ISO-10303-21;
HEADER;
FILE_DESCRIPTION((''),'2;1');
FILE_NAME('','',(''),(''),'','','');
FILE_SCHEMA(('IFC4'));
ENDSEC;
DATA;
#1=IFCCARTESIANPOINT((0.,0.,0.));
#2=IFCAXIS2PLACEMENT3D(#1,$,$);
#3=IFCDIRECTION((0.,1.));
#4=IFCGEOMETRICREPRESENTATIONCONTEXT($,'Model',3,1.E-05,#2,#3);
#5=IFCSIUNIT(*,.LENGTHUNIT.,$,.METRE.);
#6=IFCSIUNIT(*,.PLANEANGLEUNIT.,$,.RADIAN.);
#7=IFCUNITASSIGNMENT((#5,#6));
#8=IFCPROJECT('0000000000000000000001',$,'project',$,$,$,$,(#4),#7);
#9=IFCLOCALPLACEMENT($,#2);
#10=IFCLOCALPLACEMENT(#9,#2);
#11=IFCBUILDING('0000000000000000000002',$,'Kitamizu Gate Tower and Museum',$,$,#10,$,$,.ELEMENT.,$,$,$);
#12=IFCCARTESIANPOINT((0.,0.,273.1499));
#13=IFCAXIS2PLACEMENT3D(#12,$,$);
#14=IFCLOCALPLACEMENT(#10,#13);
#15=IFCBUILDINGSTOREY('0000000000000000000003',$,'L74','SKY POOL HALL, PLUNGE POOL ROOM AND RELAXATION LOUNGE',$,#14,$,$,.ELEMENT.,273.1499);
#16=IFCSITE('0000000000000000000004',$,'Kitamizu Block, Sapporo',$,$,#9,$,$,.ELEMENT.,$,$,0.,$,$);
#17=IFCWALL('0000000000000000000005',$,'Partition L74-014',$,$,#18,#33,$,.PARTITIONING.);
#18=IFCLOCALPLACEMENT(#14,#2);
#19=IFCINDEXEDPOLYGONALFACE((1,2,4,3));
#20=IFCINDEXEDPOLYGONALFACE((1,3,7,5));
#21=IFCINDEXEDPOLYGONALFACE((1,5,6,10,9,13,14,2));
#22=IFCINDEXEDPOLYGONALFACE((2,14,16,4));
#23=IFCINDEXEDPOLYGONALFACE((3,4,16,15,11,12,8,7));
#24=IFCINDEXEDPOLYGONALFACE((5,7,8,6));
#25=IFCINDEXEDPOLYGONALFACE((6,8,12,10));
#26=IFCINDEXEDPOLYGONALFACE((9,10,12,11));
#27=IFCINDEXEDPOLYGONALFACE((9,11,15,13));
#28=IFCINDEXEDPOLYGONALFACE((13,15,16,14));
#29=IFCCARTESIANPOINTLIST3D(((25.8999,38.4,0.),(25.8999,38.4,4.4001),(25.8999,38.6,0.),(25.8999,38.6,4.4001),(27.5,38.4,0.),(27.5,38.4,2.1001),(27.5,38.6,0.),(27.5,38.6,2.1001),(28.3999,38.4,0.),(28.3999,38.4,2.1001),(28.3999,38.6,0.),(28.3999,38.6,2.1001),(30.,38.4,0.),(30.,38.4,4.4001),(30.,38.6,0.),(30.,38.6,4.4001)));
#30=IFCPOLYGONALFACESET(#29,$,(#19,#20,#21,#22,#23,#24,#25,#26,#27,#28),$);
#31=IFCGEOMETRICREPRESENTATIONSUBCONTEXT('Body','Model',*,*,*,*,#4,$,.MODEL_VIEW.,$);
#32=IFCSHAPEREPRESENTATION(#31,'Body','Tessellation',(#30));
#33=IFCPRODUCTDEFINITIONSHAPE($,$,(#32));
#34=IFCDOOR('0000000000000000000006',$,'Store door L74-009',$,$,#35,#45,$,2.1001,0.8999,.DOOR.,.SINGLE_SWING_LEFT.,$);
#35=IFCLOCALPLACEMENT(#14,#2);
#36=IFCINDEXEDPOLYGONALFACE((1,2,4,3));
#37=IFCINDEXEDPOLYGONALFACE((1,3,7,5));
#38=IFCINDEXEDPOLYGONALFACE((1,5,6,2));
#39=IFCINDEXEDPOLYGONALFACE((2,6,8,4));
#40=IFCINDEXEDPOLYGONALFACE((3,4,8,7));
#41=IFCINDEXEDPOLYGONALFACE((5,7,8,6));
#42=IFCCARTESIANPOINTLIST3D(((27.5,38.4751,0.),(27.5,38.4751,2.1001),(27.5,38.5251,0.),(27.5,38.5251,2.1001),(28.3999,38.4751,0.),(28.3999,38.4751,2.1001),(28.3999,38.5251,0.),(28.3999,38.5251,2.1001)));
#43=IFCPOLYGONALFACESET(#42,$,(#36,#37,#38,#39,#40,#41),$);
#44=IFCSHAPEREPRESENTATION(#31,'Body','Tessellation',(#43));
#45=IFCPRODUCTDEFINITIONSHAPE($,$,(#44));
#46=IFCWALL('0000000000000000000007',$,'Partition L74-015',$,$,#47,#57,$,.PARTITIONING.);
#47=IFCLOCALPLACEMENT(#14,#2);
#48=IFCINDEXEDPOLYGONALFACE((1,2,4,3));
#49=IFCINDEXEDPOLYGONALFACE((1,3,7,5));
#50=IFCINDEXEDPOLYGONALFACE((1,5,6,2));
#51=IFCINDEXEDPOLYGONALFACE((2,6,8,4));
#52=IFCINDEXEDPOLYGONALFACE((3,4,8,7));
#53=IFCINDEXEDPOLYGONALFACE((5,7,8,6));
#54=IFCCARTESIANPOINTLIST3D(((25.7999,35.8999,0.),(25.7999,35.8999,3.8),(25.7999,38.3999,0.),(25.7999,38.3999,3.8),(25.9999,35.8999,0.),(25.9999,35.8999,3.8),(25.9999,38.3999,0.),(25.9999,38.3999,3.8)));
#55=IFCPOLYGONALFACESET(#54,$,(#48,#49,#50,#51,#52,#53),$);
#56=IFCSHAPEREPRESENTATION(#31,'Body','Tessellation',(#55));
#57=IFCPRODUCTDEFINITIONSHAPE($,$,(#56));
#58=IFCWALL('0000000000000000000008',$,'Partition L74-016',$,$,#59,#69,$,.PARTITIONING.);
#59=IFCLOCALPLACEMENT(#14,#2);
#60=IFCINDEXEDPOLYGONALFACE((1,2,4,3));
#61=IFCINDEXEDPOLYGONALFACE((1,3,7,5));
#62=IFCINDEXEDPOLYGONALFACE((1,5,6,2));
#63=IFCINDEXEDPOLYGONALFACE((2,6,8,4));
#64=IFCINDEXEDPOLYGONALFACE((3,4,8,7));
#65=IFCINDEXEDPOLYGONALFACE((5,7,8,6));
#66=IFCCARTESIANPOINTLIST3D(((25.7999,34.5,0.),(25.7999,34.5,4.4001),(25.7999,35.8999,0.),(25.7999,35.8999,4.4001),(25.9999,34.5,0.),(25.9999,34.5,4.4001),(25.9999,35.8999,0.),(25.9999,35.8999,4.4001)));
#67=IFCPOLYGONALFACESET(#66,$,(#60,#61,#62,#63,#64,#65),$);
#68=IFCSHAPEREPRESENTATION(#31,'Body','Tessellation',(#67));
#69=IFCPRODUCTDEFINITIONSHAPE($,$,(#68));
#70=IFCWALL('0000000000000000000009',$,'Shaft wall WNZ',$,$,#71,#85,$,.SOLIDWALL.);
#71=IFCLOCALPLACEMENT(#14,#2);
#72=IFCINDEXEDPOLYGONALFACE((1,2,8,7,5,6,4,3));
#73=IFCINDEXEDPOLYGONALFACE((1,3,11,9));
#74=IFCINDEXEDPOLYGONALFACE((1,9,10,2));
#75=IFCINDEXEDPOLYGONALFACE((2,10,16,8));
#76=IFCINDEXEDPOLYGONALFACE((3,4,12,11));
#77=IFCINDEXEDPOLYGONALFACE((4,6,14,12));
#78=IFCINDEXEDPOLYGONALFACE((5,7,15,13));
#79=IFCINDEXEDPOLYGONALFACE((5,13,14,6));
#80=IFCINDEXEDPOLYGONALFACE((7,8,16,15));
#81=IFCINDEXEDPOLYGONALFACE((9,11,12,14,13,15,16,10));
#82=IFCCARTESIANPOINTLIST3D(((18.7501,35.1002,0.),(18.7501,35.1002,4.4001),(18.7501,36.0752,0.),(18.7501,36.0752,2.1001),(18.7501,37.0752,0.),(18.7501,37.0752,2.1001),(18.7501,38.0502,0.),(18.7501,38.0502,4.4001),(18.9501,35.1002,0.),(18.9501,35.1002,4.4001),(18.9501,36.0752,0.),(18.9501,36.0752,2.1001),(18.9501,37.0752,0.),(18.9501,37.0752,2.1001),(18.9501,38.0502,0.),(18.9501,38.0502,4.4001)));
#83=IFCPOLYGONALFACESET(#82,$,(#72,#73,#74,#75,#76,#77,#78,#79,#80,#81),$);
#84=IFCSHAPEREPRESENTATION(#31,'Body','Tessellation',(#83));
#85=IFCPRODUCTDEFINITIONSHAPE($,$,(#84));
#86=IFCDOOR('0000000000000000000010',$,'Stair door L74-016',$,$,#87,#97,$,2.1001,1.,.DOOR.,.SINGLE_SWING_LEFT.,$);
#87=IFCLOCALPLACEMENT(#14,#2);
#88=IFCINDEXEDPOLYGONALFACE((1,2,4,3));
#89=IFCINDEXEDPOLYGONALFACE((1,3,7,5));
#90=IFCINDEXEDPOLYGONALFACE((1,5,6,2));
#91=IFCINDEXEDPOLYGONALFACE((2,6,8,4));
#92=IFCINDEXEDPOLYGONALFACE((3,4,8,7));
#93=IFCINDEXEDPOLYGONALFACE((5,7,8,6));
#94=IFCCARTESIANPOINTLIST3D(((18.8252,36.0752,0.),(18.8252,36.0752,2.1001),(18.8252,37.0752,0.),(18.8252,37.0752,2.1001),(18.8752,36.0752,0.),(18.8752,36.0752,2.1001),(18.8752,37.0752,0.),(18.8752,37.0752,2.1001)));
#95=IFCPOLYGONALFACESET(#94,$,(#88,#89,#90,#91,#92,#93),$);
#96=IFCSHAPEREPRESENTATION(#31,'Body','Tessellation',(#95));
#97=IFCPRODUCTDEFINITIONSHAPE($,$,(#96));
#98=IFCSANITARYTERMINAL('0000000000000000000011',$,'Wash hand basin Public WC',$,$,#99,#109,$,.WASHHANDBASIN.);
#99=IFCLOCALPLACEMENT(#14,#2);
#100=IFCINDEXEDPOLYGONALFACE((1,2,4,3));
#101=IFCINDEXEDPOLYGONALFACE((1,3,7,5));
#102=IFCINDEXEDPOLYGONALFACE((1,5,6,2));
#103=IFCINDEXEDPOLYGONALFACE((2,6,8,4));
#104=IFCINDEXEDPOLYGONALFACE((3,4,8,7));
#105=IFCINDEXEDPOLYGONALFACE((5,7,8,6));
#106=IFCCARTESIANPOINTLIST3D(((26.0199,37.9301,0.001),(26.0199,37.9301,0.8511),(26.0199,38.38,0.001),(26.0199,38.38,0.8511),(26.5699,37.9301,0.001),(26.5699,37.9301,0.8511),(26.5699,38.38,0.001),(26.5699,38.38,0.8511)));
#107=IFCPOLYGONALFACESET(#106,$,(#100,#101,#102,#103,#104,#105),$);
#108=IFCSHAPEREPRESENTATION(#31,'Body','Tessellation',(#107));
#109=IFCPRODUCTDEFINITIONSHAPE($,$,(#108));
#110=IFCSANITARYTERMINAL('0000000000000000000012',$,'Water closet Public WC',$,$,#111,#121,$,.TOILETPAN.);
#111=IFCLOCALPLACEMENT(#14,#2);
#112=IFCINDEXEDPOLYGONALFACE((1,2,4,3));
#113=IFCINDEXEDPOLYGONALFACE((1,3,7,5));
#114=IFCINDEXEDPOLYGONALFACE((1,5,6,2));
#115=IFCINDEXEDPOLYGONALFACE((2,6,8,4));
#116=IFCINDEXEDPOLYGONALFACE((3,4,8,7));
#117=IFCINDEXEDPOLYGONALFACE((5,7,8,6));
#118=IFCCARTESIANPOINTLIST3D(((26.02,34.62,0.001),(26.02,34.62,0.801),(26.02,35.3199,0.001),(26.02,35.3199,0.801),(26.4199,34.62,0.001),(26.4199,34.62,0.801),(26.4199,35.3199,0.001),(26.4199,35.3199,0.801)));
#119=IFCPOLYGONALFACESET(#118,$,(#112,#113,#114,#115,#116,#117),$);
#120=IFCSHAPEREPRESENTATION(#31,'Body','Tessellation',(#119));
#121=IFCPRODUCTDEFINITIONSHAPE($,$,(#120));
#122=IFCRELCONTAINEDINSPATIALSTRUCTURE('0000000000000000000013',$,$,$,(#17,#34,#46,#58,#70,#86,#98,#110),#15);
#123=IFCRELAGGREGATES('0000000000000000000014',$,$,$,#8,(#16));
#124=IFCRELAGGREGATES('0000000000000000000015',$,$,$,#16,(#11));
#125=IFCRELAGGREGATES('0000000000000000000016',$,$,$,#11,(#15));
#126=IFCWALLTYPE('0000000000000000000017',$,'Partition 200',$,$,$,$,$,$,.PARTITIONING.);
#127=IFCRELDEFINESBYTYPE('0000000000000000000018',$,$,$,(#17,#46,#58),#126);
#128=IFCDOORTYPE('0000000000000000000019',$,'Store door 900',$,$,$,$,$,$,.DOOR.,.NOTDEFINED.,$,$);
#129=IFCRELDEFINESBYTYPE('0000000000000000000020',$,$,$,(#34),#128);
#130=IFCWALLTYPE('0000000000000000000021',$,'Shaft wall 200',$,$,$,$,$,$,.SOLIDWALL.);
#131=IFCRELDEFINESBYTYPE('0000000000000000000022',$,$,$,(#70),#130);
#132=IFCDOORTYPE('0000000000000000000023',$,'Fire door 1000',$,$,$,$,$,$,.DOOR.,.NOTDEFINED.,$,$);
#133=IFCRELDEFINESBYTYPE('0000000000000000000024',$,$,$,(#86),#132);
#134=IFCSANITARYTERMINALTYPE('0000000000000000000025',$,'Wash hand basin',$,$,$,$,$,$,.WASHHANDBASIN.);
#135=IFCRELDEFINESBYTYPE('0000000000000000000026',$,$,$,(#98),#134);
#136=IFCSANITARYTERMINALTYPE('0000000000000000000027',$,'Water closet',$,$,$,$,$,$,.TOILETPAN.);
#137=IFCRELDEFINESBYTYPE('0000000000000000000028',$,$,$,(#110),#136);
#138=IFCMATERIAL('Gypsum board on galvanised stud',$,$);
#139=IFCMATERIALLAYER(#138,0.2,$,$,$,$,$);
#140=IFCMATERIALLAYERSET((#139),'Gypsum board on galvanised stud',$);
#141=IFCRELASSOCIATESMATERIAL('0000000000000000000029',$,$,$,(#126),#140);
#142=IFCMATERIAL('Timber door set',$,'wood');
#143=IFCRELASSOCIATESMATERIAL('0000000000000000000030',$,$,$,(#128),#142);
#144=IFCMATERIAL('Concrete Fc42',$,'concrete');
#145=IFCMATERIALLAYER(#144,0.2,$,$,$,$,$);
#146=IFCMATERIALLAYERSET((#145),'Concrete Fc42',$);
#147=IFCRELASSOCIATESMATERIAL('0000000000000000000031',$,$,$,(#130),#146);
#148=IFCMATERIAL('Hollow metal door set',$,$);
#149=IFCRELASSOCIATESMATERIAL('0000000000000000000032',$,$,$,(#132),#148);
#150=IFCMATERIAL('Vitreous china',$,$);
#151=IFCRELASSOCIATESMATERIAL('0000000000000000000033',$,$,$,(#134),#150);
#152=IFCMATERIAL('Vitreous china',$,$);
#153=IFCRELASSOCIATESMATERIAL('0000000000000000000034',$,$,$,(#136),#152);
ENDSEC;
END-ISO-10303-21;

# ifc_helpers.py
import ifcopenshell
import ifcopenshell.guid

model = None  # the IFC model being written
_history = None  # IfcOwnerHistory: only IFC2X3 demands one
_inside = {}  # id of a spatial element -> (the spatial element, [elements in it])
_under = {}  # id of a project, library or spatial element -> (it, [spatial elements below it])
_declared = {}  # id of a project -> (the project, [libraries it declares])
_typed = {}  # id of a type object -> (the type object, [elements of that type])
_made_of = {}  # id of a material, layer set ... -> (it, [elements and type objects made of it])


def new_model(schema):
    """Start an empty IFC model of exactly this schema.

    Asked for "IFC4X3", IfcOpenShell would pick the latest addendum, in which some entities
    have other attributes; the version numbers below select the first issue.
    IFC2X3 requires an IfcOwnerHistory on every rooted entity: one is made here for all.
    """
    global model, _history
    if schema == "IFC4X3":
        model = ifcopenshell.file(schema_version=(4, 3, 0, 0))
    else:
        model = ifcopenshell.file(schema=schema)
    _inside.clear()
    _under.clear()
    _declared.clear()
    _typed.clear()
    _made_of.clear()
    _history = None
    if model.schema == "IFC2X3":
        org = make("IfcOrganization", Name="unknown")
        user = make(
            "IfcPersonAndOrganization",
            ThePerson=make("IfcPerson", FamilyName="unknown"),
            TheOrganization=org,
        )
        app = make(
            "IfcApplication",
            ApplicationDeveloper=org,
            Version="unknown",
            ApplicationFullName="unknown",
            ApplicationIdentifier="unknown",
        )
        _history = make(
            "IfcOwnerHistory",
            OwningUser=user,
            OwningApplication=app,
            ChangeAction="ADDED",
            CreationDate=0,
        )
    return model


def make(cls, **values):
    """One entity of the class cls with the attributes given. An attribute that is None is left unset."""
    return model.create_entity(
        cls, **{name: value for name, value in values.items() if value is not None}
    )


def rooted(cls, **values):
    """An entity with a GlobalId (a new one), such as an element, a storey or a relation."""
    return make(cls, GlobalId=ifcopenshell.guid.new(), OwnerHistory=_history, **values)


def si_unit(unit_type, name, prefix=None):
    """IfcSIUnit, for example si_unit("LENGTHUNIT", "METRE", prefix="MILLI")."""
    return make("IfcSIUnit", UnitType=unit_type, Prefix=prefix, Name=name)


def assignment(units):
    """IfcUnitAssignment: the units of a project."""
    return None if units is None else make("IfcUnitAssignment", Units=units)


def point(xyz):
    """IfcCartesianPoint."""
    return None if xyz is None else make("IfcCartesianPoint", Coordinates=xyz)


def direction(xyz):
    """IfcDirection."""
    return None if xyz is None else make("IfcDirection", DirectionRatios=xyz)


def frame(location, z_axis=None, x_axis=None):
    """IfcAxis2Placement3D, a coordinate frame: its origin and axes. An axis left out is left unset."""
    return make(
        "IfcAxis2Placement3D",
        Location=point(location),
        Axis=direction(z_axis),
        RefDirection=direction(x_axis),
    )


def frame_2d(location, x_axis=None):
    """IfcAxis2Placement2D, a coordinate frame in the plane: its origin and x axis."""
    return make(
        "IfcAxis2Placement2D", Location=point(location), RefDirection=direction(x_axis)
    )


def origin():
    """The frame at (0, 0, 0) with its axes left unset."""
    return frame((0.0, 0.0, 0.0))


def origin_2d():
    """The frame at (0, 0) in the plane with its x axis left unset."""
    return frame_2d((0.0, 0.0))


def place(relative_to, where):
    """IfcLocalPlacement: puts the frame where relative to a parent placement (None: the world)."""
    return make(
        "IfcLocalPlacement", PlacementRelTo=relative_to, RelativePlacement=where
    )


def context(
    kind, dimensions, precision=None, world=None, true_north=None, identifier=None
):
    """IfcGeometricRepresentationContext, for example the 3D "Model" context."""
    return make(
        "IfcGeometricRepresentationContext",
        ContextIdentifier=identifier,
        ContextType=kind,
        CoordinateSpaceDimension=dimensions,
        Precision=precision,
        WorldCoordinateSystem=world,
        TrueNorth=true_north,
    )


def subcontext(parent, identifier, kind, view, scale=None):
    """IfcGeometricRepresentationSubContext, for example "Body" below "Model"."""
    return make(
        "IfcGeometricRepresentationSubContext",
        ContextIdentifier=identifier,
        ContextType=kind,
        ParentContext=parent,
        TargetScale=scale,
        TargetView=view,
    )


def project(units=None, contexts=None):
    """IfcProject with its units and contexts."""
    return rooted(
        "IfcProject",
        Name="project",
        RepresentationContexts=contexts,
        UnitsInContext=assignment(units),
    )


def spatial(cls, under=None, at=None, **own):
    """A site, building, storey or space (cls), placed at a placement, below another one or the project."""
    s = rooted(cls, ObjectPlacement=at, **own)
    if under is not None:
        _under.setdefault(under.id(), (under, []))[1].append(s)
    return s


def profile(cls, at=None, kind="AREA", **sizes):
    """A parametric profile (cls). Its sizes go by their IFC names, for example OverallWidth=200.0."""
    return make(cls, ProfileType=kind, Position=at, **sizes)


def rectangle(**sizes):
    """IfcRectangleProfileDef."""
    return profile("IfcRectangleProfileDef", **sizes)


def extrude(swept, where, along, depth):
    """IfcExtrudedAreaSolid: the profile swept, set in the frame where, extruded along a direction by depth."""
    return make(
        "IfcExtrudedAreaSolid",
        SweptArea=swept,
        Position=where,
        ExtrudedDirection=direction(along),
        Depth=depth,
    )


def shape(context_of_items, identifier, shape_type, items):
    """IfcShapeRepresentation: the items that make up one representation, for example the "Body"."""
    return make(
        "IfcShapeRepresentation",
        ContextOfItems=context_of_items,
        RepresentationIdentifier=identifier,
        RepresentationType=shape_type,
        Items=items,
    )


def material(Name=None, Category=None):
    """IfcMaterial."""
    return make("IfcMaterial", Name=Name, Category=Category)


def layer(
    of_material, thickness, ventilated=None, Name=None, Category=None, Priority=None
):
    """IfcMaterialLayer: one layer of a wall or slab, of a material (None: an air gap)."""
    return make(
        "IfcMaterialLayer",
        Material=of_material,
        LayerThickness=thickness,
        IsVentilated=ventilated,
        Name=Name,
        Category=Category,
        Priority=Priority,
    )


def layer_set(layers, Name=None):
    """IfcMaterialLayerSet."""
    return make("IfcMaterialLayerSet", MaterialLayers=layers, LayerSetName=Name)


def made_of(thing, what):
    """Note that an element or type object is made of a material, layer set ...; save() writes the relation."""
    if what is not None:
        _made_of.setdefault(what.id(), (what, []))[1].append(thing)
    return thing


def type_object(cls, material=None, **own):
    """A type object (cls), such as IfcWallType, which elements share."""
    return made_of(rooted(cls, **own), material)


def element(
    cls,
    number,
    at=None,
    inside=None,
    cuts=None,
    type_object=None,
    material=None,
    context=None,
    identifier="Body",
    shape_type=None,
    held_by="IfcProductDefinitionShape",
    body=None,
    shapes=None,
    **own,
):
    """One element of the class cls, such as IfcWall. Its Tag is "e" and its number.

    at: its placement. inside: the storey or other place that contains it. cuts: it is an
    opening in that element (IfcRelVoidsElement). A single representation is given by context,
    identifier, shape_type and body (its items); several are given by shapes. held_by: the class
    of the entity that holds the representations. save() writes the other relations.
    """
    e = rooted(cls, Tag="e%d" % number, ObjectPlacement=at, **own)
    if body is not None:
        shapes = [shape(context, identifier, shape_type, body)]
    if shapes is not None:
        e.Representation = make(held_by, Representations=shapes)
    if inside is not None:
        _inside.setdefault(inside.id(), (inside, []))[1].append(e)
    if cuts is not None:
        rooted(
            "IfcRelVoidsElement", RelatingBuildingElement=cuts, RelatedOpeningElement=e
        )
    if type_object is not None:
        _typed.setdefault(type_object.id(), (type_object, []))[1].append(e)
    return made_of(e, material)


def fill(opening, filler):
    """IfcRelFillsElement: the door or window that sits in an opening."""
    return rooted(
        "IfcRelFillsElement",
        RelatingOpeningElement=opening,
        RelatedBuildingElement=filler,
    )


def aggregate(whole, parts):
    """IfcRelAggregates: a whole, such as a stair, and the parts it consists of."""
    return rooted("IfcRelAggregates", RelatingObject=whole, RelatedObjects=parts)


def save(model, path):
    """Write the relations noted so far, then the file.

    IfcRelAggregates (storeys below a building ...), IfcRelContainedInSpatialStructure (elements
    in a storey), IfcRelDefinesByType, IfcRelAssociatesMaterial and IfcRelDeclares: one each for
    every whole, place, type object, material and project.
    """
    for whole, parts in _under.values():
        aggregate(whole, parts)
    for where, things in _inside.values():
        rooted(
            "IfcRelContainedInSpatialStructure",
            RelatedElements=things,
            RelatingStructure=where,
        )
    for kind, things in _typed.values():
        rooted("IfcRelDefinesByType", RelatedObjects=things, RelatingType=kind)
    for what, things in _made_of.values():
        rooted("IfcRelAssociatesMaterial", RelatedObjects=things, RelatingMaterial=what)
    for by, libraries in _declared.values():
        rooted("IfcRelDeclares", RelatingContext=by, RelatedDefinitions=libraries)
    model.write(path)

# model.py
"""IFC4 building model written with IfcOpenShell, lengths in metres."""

from ifc_helpers import new_model, si_unit, direction, frame, frame_2d, origin, origin_2d, place, context, subcontext, project, spatial, rectangle, extrude, material, layer, layer_set, type_object, element, fill, save


model = new_model("IFC4")

# Units and contexts
model_context = context("Model", 3, precision=1e-05, world=origin(), true_north=direction((0.0, 1.0)))
body_context = subcontext(model_context, "Body", "Model", "MODEL_VIEW")
ifc_project = project(units=[si_unit("LENGTHUNIT", "METRE"), si_unit("PLANEANGLEUNIT", "RADIAN")], contexts=[model_context])

# Site, building, storey
site_placement = place(None, origin())
site = spatial("IfcSite", under=ifc_project, at=site_placement, Name="Kitamizu Block, Sapporo", CompositionType="ELEMENT", RefElevation=0.0)
building_placement = place(site_placement, origin())
building = spatial("IfcBuilding", under=site, at=building_placement, Name="Kitamizu Gate Tower and Museum", CompositionType="ELEMENT")
storey_placement = place(building_placement, frame((0.0, 0.0, 273.1499)))
storey = spatial("IfcBuildingStorey", under=building, at=storey_placement, Name="L74", Description="SKY POOL HALL, PLUNGE POOL ROOM AND RELAXATION LOUNGE", CompositionType="ELEMENT", Elevation=273.1499)

# Wall, opening, door
ifc_material_1 = material(Name="Gypsum board on galvanised stud")
ifc_layer_1 = layer(ifc_material_1, 0.2)
ifc_layer_set_1 = layer_set([ifc_layer_1], Name="Gypsum board on galvanised stud")
wall_type_1 = type_object("IfcWallType", Name="Partition 200", PredefinedType="PARTITIONING", material=ifc_layer_set_1)
wall_1_placement = place(storey_placement, frame((30.0, 38.5, 0.0), z_axis=(0.0, 0.0, 1.0), x_axis=(-1.0, 0.0, 0.0)))
wall_1 = element("IfcWall", 1, at=wall_1_placement, inside=storey, type_object=wall_type_1, Name="Partition L74-014", PredefinedType="PARTITIONING", context=body_context, shape_type="SweptSolid", body=[
    extrude(rectangle(XDim=4.1001, YDim=0.2, at=frame_2d((2.05, 0.0))), origin(), (0.0, 0.0, 1.0), 4.4001),
])
opening_1_placement = place(wall_1_placement, frame((1.6001, 0.0, 0.0)))
opening_1 = element("IfcOpeningElement", 2, at=opening_1_placement, cuts=wall_1, PredefinedType="OPENING", context=body_context, shape_type="SweptSolid", body=[
    extrude(rectangle(XDim=0.8999, YDim=2.1001, at=frame_2d((0.45, 1.05))), frame((0.0, 0.1099, 0.0), z_axis=(0.0, -1.0, 0.0), x_axis=(1.0, 0.0, 0.0)), (0.0, 0.0, 1.0), 0.22),
])
ifc_material_2 = material(Name="Timber door set", Category="wood")
door_type_1 = type_object("IfcDoorType", Name="Store door 900", OperationType="NOTDEFINED", PredefinedType="DOOR", material=ifc_material_2)
door_1_placement = place(opening_1_placement, origin())
door_1 = element("IfcDoor", 3, at=door_1_placement, inside=storey, type_object=door_type_1, Name="Store door L74-009", OperationType="SINGLE_SWING_LEFT", OverallHeight=2.1001, OverallWidth=0.8999, PredefinedType="DOOR", context=body_context, shape_type="SweptSolid", body=[
    extrude(rectangle(XDim=0.8999, YDim=2.1001, at=frame_2d((0.45, 1.05))), frame((0.0, 0.0249, 0.0), z_axis=(0.0, -1.0, 0.0), x_axis=(1.0, 0.0, 0.0)), (0.0, 0.0, 1.0), 0.05),
])
fill(opening_1, door_1)

# Walls
wall_2_placement = place(storey_placement, frame((25.8999, 38.3999, 0.0), z_axis=(0.0, 0.0, 1.0), x_axis=(0.0, -1.0, 0.0)))
element("IfcWall", 4, at=wall_2_placement, inside=storey, type_object=wall_type_1, Name="Partition L74-015", PredefinedType="PARTITIONING", context=body_context, shape_type="SweptSolid", body=[
    extrude(rectangle(XDim=2.5, YDim=0.2, at=frame_2d((1.25, 0.0))), origin(), (0.0, 0.0, 1.0), 3.8),
])
wall_3_placement = place(storey_placement, frame((25.8999, 35.8999, 0.0), z_axis=(0.0, 0.0, 1.0), x_axis=(0.0, -1.0, 0.0)))
element("IfcWall", 5, at=wall_3_placement, inside=storey, type_object=wall_type_1, Name="Partition L74-016", PredefinedType="PARTITIONING", context=body_context, shape_type="SweptSolid", body=[
    extrude(rectangle(XDim=1.3999, YDim=0.2, at=frame_2d((0.7, 0.0))), origin(), (0.0, 0.0, 1.0), 4.4001),
])

# Wall, opening, door
ifc_material_3 = material(Name="Concrete Fc42", Category="concrete")
ifc_layer_2 = layer(ifc_material_3, 0.2)
ifc_layer_set_2 = layer_set([ifc_layer_2], Name="Concrete Fc42")
wall_type_2 = type_object("IfcWallType", Name="Shaft wall 200", PredefinedType="SOLIDWALL", material=ifc_layer_set_2)
wall_4_placement = place(storey_placement, frame((18.8501, 35.1001, 0.0), z_axis=(0.0, 0.0, 1.0), x_axis=(0.0, 1.0, 0.0)))
wall_4 = element("IfcWall", 6, at=wall_4_placement, inside=storey, type_object=wall_type_2, Name="Shaft wall WNZ", PredefinedType="SOLIDWALL", context=body_context, shape_type="SweptSolid", body=[
    extrude(rectangle(XDim=2.95, YDim=0.2, at=frame_2d((1.4751, 0.0))), origin(), (0.0, 0.0, 1.0), 4.4001),
])
opening_2_placement = place(wall_4_placement, frame((0.9751, 0.0, 0.0)))
opening_2 = element("IfcOpeningElement", 7, at=opening_2_placement, cuts=wall_4, PredefinedType="OPENING", context=body_context, shape_type="SweptSolid", body=[
    extrude(rectangle(XDim=1.0, YDim=2.1001, at=frame_2d((0.5, 1.05))), frame((0.0, 0.1099, 0.0), z_axis=(0.0, -1.0, 0.0), x_axis=(1.0, 0.0, 0.0)), (0.0, 0.0, 1.0), 0.22),
])
ifc_material_4 = material(Name="Hollow metal door set")
door_type_2 = type_object("IfcDoorType", Name="Fire door 1000", OperationType="NOTDEFINED", PredefinedType="DOOR", material=ifc_material_4)
door_2_placement = place(opening_2_placement, origin())
door_2 = element("IfcDoor", 8, at=door_2_placement, inside=storey, type_object=door_type_2, Name="Stair door L74-016", OperationType="SINGLE_SWING_LEFT", OverallHeight=2.1001, OverallWidth=1.0, PredefinedType="DOOR", context=body_context, shape_type="SweptSolid", body=[
    extrude(rectangle(XDim=1.0, YDim=2.1001, at=frame_2d((0.5, 1.05))), frame((0.0, 0.0249, 0.0), z_axis=(0.0, -1.0, 0.0), x_axis=(1.0, 0.0, 0.0)), (0.0, 0.0, 1.0), 0.05),
])
fill(opening_2, door_2)

# Sanitary terminals
ifc_material_5 = material(Name="Vitreous china")
sanitary_terminal_type_1 = type_object("IfcSanitaryTerminalType", Name="Wash hand basin", PredefinedType="WASHHANDBASIN", material=ifc_material_5)
sanitary_terminal_1_placement = place(storey_placement, frame((26.2949, 38.155, 0.001), z_axis=(0.0, 0.0, 1.0), x_axis=(1.0, 0.0, 0.0)))
element("IfcSanitaryTerminal", 9, at=sanitary_terminal_1_placement, inside=storey, type_object=sanitary_terminal_type_1, Name="Wash hand basin Public WC", PredefinedType="WASHHANDBASIN", context=body_context, shape_type="SweptSolid", body=[
    extrude(rectangle(XDim=0.55, YDim=0.45, at=origin_2d()), origin(), (0.0, 0.0, 1.0), 0.8501),
])
ifc_material_6 = material(Name="Vitreous china")
sanitary_terminal_type_2 = type_object("IfcSanitaryTerminalType", Name="Water closet", PredefinedType="TOILETPAN", material=ifc_material_6)
sanitary_terminal_2_placement = place(storey_placement, frame((26.22, 34.97, 0.001), z_axis=(0.0, 0.0, 1.0), x_axis=(1.0, 0.0, 0.0)))
element("IfcSanitaryTerminal", 10, at=sanitary_terminal_2_placement, inside=storey, type_object=sanitary_terminal_type_2, Name="Water closet Public WC", PredefinedType="TOILETPAN", context=body_context, shape_type="SweptSolid", body=[
    extrude(rectangle(XDim=0.3999, YDim=0.7, at=origin_2d()), origin(), (0.0, 0.0, 1.0), 0.8),
])

save(model, "model.ifc")
